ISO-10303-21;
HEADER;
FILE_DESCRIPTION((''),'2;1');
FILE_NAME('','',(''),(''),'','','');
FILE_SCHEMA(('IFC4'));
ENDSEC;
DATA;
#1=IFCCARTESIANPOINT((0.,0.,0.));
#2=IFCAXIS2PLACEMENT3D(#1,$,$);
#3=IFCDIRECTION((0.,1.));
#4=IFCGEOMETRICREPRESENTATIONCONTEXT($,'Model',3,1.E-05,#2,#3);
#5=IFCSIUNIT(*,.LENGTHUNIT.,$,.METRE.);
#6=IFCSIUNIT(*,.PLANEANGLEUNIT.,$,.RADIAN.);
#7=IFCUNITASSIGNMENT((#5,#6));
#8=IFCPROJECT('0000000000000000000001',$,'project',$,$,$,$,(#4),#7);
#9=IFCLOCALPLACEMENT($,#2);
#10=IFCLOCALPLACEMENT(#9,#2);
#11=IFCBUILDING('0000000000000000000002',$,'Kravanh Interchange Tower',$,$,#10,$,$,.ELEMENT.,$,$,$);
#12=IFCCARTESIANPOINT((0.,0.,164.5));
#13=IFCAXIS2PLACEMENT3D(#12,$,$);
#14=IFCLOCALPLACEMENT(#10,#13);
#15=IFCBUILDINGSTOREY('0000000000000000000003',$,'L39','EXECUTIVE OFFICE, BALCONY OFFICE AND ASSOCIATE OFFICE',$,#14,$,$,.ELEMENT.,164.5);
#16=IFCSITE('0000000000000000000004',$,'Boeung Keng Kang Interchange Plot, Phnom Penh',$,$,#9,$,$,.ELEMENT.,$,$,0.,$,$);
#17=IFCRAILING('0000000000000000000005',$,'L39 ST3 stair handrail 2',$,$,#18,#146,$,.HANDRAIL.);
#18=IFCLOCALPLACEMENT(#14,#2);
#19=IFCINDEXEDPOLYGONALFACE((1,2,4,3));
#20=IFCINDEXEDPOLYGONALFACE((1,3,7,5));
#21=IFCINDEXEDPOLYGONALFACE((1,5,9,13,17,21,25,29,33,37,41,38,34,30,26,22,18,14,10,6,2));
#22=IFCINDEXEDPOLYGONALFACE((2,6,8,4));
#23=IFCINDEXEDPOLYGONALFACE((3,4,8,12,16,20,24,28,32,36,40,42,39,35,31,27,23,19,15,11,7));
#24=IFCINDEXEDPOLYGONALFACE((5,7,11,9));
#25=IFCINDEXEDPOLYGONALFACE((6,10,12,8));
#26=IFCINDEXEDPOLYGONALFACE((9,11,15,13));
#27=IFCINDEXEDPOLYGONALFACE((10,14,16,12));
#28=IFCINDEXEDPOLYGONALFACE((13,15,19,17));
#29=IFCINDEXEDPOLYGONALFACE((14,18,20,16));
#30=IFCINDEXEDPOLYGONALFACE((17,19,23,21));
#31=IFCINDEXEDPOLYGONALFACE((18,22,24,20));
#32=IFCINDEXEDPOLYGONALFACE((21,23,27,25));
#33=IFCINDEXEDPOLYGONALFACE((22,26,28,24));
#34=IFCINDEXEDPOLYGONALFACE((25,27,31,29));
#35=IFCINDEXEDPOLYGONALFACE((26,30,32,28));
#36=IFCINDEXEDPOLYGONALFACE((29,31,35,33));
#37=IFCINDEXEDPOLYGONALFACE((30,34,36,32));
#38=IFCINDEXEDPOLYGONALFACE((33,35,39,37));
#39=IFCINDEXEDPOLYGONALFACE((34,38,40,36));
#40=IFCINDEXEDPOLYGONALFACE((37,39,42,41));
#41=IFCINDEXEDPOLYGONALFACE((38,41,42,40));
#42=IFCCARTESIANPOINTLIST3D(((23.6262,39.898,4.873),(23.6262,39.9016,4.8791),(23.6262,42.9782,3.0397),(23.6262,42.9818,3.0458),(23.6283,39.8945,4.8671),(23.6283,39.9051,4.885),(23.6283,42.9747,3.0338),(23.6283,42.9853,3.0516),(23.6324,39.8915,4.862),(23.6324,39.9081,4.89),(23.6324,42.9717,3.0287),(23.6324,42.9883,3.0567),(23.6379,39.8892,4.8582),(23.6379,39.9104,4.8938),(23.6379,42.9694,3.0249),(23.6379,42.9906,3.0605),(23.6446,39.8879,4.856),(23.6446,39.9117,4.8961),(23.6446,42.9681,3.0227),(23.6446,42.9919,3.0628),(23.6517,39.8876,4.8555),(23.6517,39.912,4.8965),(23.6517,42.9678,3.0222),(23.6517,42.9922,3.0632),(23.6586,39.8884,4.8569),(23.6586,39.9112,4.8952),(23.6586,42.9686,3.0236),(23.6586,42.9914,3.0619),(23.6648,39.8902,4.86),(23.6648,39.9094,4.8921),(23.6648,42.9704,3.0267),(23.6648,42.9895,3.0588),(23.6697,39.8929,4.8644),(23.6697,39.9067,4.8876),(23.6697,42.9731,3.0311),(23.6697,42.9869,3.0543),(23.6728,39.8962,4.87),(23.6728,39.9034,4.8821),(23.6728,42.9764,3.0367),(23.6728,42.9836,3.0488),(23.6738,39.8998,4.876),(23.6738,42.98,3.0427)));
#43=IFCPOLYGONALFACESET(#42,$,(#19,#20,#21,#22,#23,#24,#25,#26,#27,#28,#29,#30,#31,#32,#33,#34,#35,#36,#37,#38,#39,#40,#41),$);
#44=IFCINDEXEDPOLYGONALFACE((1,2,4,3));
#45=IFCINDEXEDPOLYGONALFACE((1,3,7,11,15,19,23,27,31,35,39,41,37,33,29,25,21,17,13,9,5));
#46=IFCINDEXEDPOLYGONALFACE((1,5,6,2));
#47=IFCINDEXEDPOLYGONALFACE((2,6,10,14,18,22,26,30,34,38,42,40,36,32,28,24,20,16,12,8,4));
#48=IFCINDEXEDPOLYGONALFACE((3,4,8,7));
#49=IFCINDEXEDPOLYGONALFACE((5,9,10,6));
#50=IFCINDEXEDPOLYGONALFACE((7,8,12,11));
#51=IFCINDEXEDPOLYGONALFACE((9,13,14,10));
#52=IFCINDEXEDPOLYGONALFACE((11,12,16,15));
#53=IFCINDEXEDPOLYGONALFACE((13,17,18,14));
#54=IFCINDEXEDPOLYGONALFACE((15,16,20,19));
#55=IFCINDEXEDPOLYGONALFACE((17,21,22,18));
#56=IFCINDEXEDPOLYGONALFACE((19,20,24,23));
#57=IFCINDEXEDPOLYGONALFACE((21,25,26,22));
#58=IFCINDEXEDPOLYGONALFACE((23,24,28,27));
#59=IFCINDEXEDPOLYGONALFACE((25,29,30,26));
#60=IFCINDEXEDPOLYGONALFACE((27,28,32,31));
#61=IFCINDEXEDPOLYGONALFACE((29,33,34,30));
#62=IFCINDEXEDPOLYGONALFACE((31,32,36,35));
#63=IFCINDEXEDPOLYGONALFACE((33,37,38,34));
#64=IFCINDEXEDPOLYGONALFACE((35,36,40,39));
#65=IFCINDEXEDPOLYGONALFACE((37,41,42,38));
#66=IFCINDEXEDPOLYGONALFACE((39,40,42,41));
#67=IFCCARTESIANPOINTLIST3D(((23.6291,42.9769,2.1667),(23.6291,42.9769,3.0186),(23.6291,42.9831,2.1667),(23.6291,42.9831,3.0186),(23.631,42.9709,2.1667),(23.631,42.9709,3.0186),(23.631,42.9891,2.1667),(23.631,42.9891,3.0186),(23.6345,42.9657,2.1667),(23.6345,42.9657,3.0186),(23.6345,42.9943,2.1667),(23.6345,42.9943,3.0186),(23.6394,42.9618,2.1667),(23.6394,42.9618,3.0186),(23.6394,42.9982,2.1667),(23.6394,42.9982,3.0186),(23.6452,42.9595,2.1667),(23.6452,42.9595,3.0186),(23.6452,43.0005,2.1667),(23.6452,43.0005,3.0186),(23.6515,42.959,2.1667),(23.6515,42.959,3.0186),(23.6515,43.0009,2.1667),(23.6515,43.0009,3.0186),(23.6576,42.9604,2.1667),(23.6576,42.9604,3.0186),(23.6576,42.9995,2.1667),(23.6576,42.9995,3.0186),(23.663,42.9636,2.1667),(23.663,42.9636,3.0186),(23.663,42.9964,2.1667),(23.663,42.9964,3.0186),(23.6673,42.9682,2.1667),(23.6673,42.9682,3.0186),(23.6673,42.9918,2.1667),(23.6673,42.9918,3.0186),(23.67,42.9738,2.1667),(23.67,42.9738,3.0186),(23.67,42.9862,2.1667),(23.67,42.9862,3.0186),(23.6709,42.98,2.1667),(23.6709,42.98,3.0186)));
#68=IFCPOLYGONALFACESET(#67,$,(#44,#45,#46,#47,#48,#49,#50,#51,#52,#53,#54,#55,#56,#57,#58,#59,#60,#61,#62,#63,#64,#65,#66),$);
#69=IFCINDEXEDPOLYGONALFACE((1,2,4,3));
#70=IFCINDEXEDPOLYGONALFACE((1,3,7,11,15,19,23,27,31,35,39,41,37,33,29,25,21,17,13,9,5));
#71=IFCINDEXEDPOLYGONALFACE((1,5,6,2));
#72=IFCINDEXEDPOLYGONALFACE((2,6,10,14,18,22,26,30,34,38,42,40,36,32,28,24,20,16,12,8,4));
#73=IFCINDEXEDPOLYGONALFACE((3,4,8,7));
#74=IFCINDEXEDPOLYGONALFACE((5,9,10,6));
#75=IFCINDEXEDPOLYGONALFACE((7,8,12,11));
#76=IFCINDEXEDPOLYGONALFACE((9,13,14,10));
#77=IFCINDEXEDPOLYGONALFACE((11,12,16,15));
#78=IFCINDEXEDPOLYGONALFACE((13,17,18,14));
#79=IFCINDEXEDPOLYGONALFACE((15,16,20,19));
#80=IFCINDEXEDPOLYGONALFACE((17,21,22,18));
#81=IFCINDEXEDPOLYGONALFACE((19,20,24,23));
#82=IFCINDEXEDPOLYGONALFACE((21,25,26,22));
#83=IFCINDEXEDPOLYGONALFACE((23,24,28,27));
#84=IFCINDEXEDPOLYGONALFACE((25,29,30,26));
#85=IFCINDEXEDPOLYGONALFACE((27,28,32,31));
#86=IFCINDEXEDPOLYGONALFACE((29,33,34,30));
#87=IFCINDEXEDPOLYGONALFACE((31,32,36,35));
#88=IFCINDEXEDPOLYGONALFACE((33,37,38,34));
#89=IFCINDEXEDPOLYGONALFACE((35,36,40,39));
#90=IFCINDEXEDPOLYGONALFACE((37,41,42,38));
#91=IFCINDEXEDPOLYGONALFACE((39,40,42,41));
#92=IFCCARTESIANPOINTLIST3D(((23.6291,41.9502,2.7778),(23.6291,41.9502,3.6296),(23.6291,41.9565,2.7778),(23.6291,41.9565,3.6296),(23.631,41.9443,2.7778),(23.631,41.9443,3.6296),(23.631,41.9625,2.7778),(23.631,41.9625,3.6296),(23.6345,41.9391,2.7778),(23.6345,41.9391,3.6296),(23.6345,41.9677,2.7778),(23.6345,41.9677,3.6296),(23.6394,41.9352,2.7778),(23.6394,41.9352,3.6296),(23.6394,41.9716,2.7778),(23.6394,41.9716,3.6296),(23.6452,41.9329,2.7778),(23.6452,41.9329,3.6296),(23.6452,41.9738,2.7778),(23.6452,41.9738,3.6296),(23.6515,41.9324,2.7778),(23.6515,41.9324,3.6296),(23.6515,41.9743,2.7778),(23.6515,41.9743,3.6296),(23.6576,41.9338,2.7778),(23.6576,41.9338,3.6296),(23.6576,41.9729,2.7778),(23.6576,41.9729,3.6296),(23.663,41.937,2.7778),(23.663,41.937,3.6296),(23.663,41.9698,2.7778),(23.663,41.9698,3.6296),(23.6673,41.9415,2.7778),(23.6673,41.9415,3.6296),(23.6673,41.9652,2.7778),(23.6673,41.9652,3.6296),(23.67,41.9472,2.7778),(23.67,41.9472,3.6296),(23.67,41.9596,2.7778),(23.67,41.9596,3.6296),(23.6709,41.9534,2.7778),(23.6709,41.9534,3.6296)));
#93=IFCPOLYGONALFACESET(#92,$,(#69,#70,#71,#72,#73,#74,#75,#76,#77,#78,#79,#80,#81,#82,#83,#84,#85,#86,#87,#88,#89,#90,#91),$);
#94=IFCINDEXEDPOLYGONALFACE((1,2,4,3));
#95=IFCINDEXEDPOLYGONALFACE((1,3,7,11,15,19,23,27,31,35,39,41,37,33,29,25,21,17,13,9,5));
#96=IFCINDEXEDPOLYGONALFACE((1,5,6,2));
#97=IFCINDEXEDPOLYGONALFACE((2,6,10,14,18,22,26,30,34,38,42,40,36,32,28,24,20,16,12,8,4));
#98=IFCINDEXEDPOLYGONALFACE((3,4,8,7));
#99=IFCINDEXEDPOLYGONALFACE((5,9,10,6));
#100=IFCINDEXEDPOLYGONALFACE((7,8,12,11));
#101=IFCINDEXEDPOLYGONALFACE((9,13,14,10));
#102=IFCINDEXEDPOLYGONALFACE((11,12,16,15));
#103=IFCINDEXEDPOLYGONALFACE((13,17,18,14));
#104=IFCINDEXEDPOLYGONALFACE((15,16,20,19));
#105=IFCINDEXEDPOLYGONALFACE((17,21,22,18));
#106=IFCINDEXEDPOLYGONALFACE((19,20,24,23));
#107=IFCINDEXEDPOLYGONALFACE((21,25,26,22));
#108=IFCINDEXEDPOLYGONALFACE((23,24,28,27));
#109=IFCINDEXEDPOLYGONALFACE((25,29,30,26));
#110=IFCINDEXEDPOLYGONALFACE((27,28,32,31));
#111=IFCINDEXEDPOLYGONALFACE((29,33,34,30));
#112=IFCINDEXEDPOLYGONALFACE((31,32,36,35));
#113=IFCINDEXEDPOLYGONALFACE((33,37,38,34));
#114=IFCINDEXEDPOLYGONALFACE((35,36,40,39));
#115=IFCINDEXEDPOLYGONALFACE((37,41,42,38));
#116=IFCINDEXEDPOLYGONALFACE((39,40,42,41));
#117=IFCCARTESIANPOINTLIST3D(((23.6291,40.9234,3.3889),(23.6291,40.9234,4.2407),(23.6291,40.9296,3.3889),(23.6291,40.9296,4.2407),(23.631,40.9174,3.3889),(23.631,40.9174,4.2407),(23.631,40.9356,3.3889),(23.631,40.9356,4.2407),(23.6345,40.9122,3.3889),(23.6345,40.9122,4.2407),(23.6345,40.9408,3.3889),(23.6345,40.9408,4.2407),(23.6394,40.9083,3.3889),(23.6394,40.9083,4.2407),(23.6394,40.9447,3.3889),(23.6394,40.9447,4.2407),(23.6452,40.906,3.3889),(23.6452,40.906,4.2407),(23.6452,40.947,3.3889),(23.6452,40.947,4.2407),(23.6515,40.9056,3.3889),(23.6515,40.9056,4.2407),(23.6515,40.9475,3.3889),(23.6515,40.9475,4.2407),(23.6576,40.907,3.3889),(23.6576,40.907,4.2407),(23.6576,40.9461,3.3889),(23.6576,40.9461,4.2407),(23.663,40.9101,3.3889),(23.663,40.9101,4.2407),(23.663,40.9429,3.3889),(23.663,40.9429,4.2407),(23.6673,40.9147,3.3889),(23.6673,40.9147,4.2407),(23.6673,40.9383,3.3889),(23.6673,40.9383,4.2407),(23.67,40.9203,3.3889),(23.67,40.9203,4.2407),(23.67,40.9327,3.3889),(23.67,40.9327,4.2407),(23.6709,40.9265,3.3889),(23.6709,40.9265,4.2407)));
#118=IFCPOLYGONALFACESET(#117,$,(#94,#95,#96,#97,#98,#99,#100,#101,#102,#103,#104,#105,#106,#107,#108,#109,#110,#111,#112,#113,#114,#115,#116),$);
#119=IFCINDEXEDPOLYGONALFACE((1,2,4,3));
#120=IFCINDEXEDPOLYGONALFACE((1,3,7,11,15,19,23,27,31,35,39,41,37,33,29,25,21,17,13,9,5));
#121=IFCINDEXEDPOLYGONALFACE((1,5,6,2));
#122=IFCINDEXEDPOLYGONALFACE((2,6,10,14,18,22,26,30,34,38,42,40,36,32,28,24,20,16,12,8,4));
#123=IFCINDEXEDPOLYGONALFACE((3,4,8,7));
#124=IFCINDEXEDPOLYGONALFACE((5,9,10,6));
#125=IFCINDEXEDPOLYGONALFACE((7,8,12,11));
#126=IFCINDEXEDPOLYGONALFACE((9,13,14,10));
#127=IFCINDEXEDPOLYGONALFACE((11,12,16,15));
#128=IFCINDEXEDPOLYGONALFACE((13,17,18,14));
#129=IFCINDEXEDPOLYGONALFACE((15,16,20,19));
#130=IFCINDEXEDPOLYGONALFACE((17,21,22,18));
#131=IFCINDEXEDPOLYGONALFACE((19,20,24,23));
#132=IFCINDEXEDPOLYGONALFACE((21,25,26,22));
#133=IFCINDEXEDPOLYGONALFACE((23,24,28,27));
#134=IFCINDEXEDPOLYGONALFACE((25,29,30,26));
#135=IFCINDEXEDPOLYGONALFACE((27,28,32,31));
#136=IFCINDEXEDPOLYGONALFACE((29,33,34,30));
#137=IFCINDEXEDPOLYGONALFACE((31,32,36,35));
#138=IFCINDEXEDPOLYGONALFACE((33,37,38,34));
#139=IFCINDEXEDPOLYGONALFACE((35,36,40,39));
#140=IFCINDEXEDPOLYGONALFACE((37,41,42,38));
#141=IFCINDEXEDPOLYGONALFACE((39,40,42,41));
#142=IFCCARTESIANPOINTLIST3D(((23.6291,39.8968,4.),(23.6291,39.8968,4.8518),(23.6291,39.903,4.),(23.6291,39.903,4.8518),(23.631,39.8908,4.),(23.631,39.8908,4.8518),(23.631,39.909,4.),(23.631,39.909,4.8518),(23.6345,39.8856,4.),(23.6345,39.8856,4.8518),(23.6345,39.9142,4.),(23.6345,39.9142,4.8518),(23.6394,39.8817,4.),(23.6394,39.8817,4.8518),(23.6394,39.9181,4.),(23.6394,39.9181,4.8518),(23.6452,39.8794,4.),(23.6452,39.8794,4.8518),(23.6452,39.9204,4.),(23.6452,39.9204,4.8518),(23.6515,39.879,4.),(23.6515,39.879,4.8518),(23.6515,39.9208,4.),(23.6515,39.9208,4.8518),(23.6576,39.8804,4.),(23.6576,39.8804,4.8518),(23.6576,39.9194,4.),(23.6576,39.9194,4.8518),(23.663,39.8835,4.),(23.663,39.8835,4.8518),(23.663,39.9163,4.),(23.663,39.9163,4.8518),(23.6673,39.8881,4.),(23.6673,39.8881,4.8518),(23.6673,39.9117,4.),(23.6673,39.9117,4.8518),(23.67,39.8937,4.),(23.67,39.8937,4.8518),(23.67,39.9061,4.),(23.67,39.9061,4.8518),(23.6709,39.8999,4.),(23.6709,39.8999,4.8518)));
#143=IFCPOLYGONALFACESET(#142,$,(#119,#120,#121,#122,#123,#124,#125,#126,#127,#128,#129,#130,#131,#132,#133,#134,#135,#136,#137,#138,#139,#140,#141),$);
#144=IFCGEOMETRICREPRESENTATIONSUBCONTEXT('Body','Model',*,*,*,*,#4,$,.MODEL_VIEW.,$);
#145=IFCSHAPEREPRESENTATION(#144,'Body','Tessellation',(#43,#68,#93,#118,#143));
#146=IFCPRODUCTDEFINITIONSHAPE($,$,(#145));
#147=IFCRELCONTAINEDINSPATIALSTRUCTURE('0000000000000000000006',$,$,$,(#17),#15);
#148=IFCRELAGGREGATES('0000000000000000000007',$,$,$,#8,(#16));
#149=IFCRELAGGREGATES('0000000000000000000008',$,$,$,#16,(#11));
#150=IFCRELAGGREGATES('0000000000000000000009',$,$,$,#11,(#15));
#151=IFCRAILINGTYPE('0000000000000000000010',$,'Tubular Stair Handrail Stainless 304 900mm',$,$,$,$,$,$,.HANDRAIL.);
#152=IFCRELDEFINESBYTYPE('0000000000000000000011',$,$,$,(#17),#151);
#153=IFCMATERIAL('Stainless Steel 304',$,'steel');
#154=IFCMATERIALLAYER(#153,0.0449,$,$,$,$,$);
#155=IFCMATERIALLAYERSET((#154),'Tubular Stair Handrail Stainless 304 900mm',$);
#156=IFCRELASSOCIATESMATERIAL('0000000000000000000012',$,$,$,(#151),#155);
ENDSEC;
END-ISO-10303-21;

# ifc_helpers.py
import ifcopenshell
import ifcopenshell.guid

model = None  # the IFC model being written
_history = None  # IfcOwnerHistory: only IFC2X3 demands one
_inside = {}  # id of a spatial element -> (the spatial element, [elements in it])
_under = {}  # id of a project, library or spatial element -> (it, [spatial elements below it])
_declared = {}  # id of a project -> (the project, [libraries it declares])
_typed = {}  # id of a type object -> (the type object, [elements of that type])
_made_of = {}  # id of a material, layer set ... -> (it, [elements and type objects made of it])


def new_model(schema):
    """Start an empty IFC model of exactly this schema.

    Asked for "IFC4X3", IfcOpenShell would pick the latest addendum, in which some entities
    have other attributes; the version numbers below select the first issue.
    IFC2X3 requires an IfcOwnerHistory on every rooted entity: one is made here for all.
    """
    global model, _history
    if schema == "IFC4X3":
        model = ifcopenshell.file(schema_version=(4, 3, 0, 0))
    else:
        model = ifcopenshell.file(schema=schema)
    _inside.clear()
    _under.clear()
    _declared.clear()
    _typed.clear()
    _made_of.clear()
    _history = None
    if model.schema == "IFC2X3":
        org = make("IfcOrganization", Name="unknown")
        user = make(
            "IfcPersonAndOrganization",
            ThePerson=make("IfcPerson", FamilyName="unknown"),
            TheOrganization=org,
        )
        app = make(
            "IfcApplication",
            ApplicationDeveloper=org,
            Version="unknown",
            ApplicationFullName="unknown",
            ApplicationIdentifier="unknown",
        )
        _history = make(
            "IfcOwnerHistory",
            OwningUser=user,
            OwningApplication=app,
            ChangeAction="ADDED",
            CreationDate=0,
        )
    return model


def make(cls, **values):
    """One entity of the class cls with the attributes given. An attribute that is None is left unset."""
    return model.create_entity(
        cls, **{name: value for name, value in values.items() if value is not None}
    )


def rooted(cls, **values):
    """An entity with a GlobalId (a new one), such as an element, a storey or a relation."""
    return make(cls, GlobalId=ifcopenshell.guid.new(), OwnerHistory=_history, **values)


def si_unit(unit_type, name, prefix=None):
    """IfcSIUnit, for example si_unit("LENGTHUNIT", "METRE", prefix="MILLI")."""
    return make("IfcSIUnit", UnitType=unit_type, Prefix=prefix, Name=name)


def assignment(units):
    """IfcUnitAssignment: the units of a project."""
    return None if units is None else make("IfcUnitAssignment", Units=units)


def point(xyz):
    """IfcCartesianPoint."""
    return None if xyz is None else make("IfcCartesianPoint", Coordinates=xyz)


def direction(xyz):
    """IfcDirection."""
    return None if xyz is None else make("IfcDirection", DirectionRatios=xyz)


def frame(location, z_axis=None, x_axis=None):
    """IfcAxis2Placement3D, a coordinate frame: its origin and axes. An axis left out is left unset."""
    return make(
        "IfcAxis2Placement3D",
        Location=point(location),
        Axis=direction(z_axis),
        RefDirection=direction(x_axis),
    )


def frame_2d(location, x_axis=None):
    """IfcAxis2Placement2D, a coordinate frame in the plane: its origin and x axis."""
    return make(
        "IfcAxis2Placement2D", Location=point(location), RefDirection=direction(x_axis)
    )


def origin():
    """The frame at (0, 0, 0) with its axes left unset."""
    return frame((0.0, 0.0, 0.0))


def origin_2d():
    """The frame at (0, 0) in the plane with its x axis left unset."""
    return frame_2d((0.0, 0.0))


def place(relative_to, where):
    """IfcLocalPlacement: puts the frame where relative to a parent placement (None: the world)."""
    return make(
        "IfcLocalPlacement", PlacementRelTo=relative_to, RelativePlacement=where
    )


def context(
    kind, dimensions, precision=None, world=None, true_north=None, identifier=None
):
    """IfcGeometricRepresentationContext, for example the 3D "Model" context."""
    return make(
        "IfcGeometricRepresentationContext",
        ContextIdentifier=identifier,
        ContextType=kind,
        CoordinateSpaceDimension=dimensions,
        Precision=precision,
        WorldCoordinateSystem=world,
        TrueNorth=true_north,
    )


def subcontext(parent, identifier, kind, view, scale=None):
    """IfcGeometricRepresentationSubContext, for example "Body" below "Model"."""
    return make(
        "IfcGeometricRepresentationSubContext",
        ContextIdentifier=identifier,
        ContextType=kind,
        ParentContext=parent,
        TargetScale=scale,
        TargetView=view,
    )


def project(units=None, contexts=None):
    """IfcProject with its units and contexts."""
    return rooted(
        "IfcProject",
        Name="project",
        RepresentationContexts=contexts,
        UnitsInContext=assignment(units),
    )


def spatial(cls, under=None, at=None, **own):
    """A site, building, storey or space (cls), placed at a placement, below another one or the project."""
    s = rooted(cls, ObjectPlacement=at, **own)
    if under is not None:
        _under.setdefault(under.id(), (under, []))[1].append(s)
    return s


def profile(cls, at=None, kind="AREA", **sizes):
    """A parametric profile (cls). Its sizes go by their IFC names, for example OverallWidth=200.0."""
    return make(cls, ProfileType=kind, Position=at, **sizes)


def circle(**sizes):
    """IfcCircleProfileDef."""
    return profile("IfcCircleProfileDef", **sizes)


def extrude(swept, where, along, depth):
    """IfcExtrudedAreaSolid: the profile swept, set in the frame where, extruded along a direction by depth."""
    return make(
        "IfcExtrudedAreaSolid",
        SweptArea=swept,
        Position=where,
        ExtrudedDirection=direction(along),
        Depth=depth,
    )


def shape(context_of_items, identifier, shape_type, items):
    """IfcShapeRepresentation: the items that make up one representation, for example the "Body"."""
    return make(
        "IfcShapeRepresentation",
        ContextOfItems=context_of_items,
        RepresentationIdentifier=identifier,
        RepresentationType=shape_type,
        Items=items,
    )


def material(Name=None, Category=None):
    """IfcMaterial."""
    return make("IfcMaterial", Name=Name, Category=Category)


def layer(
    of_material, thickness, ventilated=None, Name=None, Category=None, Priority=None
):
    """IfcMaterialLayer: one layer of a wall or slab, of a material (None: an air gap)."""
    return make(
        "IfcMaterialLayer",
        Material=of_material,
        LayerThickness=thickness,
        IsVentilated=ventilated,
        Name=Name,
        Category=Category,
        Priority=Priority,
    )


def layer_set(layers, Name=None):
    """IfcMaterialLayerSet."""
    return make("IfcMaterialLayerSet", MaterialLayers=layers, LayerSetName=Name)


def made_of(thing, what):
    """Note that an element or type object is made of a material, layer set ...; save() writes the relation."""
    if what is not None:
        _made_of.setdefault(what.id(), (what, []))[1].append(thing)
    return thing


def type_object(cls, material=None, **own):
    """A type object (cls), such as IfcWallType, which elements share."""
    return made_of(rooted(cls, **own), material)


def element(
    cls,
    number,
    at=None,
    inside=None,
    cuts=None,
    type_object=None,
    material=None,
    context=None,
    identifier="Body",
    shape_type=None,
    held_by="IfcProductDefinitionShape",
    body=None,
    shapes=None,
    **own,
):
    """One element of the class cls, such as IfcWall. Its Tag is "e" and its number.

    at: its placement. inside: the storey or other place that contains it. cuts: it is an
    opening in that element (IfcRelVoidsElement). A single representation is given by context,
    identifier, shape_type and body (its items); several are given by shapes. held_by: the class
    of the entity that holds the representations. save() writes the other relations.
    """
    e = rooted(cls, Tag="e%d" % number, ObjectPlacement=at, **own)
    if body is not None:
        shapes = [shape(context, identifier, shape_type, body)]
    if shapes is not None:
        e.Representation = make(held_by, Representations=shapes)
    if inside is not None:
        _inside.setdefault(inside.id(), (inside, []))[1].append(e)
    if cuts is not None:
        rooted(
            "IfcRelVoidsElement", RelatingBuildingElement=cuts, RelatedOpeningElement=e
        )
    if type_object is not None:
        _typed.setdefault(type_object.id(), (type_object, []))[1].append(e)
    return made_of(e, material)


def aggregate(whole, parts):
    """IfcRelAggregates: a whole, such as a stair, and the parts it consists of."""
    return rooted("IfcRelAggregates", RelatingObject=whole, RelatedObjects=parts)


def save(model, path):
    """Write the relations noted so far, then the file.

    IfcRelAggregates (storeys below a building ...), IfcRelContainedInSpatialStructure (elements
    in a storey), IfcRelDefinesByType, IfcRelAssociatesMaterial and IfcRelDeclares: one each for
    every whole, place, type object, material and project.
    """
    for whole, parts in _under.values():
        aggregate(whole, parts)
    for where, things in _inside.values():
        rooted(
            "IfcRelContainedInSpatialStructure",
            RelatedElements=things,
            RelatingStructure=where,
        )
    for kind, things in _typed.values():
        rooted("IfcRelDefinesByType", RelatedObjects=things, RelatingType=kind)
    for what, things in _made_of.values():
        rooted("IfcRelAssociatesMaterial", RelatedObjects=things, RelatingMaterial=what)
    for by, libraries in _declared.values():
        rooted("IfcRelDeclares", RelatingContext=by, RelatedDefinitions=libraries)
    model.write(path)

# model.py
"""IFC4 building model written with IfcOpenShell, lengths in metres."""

from ifc_helpers import new_model, si_unit, direction, frame, origin, origin_2d, place, context, subcontext, project, spatial, circle, extrude, material, layer, layer_set, type_object, element, save


model = new_model("IFC4")

# Units and contexts
model_context = context("Model", 3, precision=1e-05, world=origin(), true_north=direction((0.0, 1.0)))
body_context = subcontext(model_context, "Body", "Model", "MODEL_VIEW")
ifc_project = project(units=[si_unit("LENGTHUNIT", "METRE"), si_unit("PLANEANGLEUNIT", "RADIAN")], contexts=[model_context])

# Site, building, storey
site_placement = place(None, origin())
site = spatial("IfcSite", under=ifc_project, at=site_placement, Name="Boeung Keng Kang Interchange Plot, Phnom Penh", CompositionType="ELEMENT", RefElevation=0.0)
building_placement = place(site_placement, origin())
building = spatial("IfcBuilding", under=site, at=building_placement, Name="Kravanh Interchange Tower", CompositionType="ELEMENT")
storey_placement = place(building_placement, frame((0.0, 0.0, 164.5)))
storey = spatial("IfcBuildingStorey", under=building, at=storey_placement, Name="L39", Description="EXECUTIVE OFFICE, BALCONY OFFICE AND ASSOCIATE OFFICE", CompositionType="ELEMENT", Elevation=164.5)

# Railing
ifc_material_1 = material(Name="Stainless Steel 304", Category="steel")
ifc_layer_1 = layer(ifc_material_1, 0.0449)
ifc_layer_set_1 = layer_set([ifc_layer_1], Name="Tubular Stair Handrail Stainless 304 900mm")
railing_type_1 = type_object("IfcRailingType", Name="Tubular Stair Handrail Stainless 304 900mm", PredefinedType="HANDRAIL", material=ifc_layer_set_1)
railing_1_placement = place(storey_placement, frame((23.6499, 42.98, 2.1667)))
element("IfcRailing", 1, at=railing_1_placement, inside=storey, type_object=railing_type_1, Name="L39 ST3 stair handrail 2", PredefinedType="HANDRAIL", context=body_context, shape_type="SweptSolid", body=[
    extrude(circle(Radius=0.0239, at=origin_2d()), frame((0.0, 0.0, 0.876), z_axis=(0.0, -0.859309, 0.511458), x_axis=(1.0, 0.0, 0.0)), (0.0, 0.0, 1.0), 3.5845),
    extrude(circle(Radius=0.021, at=origin_2d()), origin(), (0.0, 0.0, 1.0), 0.8518),
    extrude(circle(Radius=0.021, at=origin_2d()), frame((0.0, -1.0266, 0.6111)), (0.0, 0.0, 1.0), 0.8518),
    extrude(circle(Radius=0.021, at=origin_2d()), frame((0.0, -2.0535, 1.2222)), (0.0, 0.0, 1.0), 0.8518),
    extrude(circle(Radius=0.021, at=origin_2d()), frame((0.0, -3.0801, 1.8333)), (0.0, 0.0, 1.0), 0.8518),
])

save(model, "model.ifc")
